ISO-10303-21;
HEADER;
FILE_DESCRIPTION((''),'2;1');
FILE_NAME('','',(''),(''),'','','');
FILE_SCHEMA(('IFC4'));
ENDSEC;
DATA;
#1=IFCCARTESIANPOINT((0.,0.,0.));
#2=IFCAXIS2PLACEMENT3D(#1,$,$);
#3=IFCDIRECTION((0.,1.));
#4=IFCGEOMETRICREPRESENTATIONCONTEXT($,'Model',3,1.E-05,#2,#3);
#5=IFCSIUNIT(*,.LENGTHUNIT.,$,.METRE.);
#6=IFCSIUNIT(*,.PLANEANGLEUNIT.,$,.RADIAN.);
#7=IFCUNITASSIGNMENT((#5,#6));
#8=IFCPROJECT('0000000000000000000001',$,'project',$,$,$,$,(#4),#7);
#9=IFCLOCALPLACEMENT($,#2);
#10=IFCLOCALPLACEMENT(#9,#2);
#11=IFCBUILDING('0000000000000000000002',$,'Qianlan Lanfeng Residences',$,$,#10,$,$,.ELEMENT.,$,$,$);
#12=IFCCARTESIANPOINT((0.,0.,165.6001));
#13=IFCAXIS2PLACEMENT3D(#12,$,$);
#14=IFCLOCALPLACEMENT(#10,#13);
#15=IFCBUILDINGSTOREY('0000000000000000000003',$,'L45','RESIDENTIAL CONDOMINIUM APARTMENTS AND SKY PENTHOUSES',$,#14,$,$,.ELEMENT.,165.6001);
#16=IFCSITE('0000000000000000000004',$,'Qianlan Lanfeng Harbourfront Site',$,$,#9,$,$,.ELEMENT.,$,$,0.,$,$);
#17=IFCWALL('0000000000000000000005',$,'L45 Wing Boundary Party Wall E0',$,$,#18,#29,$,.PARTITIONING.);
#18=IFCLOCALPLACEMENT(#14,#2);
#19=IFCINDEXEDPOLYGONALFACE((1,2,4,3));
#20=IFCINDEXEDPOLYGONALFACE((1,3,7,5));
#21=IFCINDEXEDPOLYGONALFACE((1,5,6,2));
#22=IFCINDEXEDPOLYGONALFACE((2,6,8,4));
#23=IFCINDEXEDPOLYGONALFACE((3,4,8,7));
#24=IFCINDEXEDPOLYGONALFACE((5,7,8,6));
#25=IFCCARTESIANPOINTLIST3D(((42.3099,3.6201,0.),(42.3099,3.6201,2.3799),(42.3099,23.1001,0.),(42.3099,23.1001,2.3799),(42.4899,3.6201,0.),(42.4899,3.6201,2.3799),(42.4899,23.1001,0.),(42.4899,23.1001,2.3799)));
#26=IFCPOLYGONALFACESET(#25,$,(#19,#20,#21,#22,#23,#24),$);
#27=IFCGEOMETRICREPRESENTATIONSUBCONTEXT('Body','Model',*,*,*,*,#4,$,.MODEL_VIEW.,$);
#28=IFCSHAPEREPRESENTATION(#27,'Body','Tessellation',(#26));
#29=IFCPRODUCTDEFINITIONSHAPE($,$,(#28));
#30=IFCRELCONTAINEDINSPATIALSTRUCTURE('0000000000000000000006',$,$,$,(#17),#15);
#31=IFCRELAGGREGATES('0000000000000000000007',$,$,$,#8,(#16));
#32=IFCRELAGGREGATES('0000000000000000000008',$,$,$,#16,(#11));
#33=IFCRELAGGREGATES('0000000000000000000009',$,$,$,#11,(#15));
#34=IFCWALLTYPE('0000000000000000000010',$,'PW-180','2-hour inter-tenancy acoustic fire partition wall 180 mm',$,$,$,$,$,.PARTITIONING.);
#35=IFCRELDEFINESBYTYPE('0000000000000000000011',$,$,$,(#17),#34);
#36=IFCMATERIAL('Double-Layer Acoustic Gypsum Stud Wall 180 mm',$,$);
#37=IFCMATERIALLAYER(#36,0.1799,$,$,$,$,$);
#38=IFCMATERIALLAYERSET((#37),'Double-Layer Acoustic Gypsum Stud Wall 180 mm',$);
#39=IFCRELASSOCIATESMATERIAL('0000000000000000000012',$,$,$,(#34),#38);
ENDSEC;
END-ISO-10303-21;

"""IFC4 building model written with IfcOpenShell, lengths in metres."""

from ifc_helpers import new_model, si_unit, direction, frame, frame_2d, origin, place, context, subcontext, project, spatial, rectangle, extrude, material, layer, layer_set, type_object, element, save


model = new_model("IFC4")

# Units and contexts
model_context = context("Model", 3, precision=1e-05, world=origin(), true_north=direction((0.0, 1.0)))
body_context = subcontext(model_context, "Body", "Model", "MODEL_VIEW")
ifc_project = project(units=[si_unit("LENGTHUNIT", "METRE"), si_unit("PLANEANGLEUNIT", "RADIAN")], contexts=[model_context])

# Site, building, storey
site_placement = place(None, origin())
site = spatial("IfcSite", under=ifc_project, at=site_placement, Name="Qianlan Lanfeng Harbourfront Site", CompositionType="ELEMENT", RefElevation=0.0)
building_placement = place(site_placement, origin())
building = spatial("IfcBuilding", under=site, at=building_placement, Name="Qianlan Lanfeng Residences", CompositionType="ELEMENT")
storey_placement = place(building_placement, frame((0.0, 0.0, 165.6001)))
storey = spatial("IfcBuildingStorey", under=building, at=storey_placement, Name="L45", Description="RESIDENTIAL CONDOMINIUM APARTMENTS AND SKY PENTHOUSES", CompositionType="ELEMENT", Elevation=165.6001)

# Wall
ifc_material_1 = material(Name="Double-Layer Acoustic Gypsum Stud Wall 180 mm")
ifc_layer_1 = layer(ifc_material_1, 0.1799)
ifc_layer_set_1 = layer_set([ifc_layer_1], Name="Double-Layer Acoustic Gypsum Stud Wall 180 mm")
wall_type_1 = type_object("IfcWallType", Name="PW-180", Description="2-hour inter-tenancy acoustic fire partition wall 180 mm", PredefinedType="PARTITIONING", material=ifc_layer_set_1)
wall_1_placement = place(storey_placement, frame((42.3999, 3.6201, 0.0), z_axis=(0.0, 0.0, 1.0), x_axis=(0.0, 1.0, 0.0)))
element("IfcWall", 1, at=wall_1_placement, inside=storey, type_object=wall_type_1, Name="L45 Wing Boundary Party Wall E0", PredefinedType="PARTITIONING", context=body_context, shape_type="SweptSolid", body=[
    extrude(rectangle(XDim=19.48, YDim=0.1799, at=frame_2d((9.74, 0.0))), origin(), (0.0, 0.0, 1.0), 2.3799),
])

save(model, "model.ifc")
